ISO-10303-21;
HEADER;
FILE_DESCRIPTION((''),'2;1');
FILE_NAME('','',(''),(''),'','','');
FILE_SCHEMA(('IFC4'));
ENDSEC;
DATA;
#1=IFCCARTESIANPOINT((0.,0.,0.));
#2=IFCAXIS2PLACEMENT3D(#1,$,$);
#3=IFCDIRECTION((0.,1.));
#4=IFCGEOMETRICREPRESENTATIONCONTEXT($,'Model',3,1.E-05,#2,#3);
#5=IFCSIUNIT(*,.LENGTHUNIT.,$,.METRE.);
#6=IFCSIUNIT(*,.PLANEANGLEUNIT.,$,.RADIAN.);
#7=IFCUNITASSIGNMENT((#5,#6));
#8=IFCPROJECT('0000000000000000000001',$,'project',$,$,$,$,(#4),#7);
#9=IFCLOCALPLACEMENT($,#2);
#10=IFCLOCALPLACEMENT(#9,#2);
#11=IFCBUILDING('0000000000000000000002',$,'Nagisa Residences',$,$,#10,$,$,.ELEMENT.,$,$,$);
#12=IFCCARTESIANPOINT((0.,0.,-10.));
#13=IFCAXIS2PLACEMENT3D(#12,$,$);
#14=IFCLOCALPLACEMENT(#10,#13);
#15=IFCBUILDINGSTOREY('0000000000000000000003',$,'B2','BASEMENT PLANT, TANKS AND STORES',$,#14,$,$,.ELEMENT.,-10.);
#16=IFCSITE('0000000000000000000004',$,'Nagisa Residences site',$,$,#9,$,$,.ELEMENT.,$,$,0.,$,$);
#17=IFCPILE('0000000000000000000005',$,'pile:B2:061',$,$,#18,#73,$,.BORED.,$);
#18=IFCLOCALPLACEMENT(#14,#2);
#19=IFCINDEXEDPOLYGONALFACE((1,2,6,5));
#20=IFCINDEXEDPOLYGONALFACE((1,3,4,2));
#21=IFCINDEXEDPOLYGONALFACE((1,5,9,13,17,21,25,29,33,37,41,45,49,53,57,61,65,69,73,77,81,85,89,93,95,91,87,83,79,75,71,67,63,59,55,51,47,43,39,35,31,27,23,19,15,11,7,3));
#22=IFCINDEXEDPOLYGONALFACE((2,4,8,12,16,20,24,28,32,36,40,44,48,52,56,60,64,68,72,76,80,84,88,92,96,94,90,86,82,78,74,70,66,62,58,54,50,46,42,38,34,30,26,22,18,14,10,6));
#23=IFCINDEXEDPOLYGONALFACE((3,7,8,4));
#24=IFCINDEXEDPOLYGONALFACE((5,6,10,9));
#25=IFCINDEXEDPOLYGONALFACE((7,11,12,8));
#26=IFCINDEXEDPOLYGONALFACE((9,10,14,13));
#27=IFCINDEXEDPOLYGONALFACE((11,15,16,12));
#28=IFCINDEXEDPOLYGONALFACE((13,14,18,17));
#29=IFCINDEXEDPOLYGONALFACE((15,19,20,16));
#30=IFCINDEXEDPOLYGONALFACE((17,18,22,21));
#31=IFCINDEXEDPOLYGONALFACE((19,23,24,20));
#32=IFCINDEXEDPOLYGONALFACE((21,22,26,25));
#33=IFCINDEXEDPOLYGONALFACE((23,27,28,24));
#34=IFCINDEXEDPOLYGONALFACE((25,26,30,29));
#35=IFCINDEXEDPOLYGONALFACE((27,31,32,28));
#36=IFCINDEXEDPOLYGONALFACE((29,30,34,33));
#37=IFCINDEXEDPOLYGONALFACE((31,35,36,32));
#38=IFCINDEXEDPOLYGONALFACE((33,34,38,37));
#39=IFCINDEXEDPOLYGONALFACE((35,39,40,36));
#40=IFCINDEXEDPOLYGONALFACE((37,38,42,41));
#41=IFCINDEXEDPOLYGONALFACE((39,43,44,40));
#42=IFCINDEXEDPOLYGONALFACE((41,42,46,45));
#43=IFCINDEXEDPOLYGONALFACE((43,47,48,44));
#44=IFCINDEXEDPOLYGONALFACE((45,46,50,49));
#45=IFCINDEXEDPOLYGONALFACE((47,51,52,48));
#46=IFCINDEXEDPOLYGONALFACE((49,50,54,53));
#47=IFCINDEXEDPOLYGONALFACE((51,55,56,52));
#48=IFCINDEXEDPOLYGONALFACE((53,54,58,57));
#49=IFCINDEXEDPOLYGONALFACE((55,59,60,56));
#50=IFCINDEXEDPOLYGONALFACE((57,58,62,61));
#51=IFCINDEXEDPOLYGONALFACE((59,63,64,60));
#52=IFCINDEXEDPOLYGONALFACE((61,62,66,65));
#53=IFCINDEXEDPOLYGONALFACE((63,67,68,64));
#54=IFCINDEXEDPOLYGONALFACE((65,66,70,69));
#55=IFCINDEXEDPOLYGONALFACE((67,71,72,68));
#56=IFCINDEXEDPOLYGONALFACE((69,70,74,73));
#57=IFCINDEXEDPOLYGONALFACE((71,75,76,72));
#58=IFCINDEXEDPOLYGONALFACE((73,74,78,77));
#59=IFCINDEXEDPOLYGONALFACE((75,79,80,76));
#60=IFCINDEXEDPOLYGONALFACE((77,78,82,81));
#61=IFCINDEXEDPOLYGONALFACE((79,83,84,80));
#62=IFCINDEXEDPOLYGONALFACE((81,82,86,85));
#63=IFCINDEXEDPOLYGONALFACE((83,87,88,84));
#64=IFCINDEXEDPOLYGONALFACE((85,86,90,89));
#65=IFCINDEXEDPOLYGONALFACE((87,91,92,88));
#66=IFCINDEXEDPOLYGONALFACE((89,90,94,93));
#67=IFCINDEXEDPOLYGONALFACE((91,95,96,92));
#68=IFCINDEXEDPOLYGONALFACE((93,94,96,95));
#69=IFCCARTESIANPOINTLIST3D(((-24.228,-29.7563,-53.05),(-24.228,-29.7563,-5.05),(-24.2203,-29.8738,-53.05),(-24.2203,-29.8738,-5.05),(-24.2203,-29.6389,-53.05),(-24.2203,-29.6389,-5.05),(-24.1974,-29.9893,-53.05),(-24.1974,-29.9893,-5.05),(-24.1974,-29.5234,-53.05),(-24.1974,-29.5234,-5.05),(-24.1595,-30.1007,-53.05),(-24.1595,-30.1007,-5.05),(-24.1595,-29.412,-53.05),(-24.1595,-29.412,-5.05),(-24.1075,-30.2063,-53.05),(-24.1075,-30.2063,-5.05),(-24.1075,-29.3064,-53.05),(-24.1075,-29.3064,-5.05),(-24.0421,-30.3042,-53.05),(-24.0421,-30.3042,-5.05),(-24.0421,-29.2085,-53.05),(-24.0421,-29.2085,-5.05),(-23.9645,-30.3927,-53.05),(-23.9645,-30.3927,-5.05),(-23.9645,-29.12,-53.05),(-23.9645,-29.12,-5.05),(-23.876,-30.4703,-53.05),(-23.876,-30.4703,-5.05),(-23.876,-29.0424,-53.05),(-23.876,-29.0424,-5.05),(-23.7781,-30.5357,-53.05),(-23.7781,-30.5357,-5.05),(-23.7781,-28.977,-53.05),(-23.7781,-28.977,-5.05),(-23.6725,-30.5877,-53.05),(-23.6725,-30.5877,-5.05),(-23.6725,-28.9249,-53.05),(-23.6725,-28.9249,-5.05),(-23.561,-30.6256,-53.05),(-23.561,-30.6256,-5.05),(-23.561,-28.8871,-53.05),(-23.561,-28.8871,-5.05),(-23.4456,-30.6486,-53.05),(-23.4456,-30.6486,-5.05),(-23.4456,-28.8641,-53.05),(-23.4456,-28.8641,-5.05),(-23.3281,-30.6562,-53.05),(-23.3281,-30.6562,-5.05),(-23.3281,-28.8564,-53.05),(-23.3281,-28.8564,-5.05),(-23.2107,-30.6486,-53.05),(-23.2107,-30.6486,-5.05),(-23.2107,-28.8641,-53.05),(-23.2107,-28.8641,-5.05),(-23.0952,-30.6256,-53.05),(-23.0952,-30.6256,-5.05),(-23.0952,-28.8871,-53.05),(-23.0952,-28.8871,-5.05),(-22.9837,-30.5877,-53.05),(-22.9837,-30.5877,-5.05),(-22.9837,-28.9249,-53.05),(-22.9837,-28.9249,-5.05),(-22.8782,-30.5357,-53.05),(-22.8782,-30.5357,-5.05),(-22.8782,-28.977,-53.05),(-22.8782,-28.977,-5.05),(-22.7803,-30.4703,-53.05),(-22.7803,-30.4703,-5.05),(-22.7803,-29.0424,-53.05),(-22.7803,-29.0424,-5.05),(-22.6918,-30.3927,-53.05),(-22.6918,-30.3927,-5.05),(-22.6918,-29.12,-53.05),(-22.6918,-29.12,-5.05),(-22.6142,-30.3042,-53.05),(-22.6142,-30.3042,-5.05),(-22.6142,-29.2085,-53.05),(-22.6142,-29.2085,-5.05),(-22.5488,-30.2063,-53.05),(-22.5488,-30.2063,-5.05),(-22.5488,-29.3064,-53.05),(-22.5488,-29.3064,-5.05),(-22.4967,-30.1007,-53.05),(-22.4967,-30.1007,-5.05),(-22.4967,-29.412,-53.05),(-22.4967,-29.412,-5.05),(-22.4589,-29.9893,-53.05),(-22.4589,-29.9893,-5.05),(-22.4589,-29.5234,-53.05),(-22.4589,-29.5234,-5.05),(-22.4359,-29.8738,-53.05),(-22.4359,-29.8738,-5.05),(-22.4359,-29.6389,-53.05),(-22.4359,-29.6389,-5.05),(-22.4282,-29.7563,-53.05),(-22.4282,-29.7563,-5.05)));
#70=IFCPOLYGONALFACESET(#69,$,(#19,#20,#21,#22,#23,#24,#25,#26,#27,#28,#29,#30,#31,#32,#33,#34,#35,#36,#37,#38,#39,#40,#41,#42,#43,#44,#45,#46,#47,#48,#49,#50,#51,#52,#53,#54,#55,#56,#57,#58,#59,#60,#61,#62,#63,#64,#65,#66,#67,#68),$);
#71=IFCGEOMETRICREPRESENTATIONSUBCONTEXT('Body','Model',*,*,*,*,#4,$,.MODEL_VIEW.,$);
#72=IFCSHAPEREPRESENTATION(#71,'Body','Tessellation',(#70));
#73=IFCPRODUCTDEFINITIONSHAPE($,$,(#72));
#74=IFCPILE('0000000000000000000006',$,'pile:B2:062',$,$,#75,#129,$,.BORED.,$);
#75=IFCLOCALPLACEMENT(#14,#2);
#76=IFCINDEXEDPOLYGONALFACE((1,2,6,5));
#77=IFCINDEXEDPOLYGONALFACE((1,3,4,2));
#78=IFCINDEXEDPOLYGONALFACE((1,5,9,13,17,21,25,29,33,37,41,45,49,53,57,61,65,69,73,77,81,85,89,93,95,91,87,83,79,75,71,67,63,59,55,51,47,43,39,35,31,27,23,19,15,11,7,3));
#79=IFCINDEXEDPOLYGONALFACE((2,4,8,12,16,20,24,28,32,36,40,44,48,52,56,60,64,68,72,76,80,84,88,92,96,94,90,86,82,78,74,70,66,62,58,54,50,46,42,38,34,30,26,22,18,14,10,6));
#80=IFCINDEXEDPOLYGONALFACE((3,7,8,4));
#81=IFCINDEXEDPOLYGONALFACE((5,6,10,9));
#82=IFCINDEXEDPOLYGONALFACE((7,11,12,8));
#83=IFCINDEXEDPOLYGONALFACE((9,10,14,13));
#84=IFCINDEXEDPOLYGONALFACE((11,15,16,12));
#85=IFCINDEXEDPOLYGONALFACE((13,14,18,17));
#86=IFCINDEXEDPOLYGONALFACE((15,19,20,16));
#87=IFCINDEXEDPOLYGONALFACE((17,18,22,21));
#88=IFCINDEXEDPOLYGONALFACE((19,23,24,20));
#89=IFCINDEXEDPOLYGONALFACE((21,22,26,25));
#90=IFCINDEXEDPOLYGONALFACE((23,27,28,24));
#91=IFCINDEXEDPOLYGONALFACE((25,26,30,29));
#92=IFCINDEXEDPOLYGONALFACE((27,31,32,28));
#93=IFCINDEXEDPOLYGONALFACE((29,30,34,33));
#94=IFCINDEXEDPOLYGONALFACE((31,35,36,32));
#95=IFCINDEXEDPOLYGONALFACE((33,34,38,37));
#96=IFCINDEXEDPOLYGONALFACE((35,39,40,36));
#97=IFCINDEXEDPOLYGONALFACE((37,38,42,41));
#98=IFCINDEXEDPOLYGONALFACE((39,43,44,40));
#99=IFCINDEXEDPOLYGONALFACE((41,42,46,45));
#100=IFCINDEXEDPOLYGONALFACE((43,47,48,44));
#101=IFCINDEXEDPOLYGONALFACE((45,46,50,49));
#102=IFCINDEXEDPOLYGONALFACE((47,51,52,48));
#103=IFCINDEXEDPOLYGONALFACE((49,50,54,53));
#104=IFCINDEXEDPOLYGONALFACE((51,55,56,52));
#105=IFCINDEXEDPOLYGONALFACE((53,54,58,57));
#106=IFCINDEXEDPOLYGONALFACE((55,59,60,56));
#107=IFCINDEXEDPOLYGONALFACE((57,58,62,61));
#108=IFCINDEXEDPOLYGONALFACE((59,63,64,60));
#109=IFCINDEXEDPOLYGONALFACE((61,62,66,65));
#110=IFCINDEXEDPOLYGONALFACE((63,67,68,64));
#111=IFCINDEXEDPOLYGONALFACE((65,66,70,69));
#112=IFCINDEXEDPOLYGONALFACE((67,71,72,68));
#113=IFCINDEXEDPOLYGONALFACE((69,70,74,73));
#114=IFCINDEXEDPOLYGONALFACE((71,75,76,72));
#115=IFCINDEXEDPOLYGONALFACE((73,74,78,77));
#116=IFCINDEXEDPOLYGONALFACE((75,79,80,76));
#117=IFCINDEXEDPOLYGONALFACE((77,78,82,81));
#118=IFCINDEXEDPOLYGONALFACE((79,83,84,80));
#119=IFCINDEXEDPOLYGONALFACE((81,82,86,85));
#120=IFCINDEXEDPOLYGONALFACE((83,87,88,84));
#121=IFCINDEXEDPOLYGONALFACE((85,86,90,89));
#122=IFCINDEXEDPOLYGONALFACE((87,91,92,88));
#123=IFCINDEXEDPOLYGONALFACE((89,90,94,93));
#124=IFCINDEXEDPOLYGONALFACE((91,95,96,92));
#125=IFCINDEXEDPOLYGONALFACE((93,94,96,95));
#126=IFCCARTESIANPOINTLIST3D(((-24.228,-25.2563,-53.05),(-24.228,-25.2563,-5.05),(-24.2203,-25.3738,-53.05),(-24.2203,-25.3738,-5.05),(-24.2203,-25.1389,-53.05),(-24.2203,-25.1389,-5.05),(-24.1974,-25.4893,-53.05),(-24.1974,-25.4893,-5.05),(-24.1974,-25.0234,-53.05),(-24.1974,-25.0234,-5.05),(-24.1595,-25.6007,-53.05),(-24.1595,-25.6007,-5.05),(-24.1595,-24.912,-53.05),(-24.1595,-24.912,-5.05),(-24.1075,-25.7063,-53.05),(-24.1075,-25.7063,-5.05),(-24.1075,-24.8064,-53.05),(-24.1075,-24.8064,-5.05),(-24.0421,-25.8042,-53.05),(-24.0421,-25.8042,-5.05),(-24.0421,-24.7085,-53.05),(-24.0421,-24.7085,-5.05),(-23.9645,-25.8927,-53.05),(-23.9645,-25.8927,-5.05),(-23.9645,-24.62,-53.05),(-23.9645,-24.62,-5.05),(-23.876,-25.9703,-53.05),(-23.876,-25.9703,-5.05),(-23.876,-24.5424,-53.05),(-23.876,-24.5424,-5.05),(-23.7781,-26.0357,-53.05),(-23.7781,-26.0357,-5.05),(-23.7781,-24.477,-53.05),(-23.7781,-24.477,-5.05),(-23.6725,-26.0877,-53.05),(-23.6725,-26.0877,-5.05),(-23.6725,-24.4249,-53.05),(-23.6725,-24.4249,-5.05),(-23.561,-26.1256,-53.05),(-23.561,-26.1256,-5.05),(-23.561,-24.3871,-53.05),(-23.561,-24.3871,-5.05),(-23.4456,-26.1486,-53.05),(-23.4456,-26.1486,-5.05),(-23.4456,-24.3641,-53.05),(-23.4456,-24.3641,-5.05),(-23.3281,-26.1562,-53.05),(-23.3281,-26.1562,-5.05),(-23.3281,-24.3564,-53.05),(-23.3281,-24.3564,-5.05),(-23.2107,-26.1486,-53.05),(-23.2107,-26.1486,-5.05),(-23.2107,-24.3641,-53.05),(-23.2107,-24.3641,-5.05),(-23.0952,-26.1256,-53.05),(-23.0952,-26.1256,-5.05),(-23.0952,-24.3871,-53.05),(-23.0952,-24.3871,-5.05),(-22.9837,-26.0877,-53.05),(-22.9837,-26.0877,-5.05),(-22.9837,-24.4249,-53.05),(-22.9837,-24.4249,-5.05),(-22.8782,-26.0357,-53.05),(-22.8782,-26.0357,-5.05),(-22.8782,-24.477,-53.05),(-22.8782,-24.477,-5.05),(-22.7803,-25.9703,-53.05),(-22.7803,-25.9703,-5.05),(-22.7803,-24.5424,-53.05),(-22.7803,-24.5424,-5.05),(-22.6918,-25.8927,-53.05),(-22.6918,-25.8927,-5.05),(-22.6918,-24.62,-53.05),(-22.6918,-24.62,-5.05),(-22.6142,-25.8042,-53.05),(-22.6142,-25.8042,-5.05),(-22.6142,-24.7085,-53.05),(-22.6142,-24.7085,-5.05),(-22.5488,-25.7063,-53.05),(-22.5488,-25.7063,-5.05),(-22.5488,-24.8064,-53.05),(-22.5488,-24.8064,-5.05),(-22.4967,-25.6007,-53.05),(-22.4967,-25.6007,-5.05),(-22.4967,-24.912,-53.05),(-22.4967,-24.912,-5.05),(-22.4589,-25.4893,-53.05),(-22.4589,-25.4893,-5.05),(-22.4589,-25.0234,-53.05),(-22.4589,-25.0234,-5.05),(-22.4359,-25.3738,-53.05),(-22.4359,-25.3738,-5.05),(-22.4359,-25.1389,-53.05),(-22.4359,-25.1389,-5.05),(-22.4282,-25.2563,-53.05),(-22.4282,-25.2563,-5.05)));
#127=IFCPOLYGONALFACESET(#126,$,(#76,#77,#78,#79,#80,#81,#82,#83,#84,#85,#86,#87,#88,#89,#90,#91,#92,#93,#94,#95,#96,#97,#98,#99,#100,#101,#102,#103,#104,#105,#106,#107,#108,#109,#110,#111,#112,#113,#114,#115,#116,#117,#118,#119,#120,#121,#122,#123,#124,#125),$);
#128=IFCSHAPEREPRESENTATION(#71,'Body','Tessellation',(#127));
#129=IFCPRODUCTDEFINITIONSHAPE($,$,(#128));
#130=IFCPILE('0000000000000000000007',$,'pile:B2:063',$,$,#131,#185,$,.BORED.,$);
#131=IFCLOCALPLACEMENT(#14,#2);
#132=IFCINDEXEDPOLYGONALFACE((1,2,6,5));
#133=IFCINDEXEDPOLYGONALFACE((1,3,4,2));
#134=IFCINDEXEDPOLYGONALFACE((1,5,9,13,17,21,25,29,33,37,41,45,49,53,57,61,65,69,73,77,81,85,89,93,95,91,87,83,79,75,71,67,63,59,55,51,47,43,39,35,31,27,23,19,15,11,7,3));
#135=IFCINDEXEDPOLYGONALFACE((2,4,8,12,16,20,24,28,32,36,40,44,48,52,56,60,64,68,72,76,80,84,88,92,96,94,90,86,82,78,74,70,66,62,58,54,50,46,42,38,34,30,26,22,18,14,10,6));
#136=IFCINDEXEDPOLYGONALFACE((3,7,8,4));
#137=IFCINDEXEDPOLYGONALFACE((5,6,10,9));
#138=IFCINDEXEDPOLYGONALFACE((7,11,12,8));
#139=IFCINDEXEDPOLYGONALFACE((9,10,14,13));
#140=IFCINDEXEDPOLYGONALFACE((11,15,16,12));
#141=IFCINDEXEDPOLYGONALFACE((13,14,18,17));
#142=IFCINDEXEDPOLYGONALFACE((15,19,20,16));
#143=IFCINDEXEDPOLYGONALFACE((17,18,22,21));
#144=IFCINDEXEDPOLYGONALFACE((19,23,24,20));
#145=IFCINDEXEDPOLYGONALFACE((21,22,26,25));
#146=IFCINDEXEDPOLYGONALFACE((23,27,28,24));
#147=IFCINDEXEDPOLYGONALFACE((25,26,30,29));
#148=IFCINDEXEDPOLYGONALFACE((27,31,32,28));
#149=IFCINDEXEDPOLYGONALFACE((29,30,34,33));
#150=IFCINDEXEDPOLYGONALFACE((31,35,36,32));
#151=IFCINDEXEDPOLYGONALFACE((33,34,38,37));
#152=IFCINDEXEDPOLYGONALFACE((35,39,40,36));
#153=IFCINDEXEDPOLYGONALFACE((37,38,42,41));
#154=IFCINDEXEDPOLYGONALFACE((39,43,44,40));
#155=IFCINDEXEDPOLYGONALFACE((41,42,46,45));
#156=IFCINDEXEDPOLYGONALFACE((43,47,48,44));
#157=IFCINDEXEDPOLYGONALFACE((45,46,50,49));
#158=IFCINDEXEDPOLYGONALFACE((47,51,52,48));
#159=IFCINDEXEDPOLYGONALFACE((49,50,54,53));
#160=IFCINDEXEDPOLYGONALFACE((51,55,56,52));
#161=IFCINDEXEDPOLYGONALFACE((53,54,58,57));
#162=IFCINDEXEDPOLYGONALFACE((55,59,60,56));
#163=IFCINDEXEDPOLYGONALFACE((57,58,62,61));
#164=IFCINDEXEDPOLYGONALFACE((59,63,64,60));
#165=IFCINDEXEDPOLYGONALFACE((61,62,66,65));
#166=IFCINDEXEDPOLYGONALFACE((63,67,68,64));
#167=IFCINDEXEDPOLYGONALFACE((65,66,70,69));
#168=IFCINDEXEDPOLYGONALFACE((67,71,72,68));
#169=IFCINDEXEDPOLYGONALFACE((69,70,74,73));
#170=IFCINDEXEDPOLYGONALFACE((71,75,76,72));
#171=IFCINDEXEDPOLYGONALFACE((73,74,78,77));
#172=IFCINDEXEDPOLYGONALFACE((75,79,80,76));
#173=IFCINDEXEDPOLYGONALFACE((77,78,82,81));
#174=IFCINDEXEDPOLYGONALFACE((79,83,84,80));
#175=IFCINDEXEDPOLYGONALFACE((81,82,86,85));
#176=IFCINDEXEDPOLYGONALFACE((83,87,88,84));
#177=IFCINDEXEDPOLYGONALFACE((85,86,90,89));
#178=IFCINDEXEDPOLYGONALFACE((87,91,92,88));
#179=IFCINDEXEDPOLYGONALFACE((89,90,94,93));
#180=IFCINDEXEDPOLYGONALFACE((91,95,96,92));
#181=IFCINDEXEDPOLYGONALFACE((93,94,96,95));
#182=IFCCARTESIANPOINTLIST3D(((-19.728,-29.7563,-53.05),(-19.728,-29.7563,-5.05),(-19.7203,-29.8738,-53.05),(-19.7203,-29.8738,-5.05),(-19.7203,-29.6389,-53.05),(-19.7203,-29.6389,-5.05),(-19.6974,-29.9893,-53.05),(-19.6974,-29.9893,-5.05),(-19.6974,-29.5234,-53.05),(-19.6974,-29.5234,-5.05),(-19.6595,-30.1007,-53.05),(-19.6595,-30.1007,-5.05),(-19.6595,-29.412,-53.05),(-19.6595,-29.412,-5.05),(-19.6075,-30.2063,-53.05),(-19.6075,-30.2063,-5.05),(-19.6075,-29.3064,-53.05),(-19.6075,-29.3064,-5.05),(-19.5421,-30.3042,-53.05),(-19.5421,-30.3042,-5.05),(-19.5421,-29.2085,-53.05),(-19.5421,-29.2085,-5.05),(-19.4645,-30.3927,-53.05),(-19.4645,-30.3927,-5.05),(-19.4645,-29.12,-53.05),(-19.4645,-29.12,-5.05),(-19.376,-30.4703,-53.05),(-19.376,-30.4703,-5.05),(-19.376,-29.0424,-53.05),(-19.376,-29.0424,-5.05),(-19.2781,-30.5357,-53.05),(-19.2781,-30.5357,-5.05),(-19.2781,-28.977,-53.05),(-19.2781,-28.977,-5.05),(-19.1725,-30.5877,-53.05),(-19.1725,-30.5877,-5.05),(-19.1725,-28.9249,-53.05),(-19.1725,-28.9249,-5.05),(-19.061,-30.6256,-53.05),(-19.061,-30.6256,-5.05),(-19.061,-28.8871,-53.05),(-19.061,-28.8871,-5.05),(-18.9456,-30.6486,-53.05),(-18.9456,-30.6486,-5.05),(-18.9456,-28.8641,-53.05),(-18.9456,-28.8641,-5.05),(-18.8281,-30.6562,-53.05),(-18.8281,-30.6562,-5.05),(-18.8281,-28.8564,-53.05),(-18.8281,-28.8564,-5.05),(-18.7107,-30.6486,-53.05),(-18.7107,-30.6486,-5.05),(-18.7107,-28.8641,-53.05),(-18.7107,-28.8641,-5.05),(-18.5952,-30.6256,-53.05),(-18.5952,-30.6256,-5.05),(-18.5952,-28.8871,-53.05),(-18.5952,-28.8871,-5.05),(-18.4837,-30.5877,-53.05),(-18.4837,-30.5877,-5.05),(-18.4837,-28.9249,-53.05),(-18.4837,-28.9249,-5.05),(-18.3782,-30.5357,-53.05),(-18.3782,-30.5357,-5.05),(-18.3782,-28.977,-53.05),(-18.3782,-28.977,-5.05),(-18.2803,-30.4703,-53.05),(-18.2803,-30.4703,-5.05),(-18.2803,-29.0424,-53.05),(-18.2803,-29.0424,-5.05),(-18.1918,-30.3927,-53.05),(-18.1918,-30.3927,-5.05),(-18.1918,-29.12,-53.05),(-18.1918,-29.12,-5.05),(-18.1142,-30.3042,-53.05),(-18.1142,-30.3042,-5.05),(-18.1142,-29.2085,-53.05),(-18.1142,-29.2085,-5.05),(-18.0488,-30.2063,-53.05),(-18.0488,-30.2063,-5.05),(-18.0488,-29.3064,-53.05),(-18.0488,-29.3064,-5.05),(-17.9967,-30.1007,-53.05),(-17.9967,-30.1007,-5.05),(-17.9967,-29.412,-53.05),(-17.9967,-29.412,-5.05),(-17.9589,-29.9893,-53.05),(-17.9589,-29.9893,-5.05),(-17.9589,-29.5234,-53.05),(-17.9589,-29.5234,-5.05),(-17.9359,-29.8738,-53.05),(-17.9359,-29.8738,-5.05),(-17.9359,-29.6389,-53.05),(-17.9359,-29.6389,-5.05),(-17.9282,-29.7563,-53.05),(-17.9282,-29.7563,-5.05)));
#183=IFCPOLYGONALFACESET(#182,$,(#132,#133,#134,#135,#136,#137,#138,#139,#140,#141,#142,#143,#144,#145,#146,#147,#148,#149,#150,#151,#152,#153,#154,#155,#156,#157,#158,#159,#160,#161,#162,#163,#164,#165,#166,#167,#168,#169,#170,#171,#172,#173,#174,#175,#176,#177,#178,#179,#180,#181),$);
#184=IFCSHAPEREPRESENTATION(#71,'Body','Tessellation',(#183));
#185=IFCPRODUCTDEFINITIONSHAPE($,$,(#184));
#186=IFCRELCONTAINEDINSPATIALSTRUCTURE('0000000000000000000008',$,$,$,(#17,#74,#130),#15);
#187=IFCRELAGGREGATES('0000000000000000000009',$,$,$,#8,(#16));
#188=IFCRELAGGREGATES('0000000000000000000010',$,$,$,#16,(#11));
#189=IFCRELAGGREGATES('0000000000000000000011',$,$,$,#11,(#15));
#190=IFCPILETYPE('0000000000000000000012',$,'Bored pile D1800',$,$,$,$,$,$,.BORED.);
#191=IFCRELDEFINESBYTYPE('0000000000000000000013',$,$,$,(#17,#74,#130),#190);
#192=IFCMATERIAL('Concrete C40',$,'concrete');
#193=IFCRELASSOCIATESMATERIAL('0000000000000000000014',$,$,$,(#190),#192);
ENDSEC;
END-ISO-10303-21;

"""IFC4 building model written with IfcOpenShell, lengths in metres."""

from ifc_helpers import new_model, si_unit, direction, frame, origin, origin_2d, place, context, subcontext, project, spatial, circle, extrude, material, material_profile, profile_set, type_object, element, save


model = new_model("IFC4")

# Units and contexts
model_context = context("Model", 3, precision=1e-05, world=origin(), true_north=direction((0.0, 1.0)))
body_context = subcontext(model_context, "Body", "Model", "MODEL_VIEW")
ifc_project = project(units=[si_unit("LENGTHUNIT", "METRE"), si_unit("PLANEANGLEUNIT", "RADIAN")], contexts=[model_context])

# Site, building, storey
site_placement = place(None, origin())
site = spatial("IfcSite", under=ifc_project, at=site_placement, Name="Nagisa Residences site", CompositionType="ELEMENT", RefElevation=0.0)
building_placement = place(site_placement, origin())
building = spatial("IfcBuilding", under=site, at=building_placement, Name="Nagisa Residences", CompositionType="ELEMENT")
storey_placement = place(building_placement, frame((0.0, 0.0, -10.0)))
storey = spatial("IfcBuildingStorey", under=building, at=storey_placement, Name="B2", Description="BASEMENT PLANT, TANKS AND STORES", CompositionType="ELEMENT", Elevation=-10.0)

# Piles
ifc_material_1 = material(Name="Concrete C40", Category="concrete")
ifc_material_profile_1 = material_profile(ifc_material_1, circle(Radius=0.8999, at=origin_2d()), Name="Bored pile D1800")
ifc_profile_set_1 = profile_set([ifc_material_profile_1], Name="Concrete C40")
pile_type = type_object("IfcPileType", Name="Bored pile D1800", PredefinedType="BORED", material=ifc_profile_set_1)
for number, where, z_axis, x_axis, name in (
    (1, (-23.3281, -29.7563, -5.05), (0.0, 0.0, -1.0), (1.0, 0.0, 0.0), "pile:B2:061"),
    (2, (-23.3281, -25.2563, -5.05), (0.0, 0.0, -1.0), (1.0, 0.0, 0.0), "pile:B2:062"),
    (3, (-18.8281, -29.7563, -5.05), (0.0, 0.0, -1.0), (1.0, 0.0, 0.0), "pile:B2:063"),
):
    element("IfcPile", number, at=place(storey_placement, frame(where, z_axis=z_axis, x_axis=x_axis)), inside=storey, type_object=pile_type, Name=name, PredefinedType="BORED", context=body_context, shape_type="SweptSolid", body=[
        extrude(circle(Radius=0.8999, at=origin_2d()), origin(), (0.0, 0.0, 1.0), 48.0),
    ])

save(model, "model.ifc")
